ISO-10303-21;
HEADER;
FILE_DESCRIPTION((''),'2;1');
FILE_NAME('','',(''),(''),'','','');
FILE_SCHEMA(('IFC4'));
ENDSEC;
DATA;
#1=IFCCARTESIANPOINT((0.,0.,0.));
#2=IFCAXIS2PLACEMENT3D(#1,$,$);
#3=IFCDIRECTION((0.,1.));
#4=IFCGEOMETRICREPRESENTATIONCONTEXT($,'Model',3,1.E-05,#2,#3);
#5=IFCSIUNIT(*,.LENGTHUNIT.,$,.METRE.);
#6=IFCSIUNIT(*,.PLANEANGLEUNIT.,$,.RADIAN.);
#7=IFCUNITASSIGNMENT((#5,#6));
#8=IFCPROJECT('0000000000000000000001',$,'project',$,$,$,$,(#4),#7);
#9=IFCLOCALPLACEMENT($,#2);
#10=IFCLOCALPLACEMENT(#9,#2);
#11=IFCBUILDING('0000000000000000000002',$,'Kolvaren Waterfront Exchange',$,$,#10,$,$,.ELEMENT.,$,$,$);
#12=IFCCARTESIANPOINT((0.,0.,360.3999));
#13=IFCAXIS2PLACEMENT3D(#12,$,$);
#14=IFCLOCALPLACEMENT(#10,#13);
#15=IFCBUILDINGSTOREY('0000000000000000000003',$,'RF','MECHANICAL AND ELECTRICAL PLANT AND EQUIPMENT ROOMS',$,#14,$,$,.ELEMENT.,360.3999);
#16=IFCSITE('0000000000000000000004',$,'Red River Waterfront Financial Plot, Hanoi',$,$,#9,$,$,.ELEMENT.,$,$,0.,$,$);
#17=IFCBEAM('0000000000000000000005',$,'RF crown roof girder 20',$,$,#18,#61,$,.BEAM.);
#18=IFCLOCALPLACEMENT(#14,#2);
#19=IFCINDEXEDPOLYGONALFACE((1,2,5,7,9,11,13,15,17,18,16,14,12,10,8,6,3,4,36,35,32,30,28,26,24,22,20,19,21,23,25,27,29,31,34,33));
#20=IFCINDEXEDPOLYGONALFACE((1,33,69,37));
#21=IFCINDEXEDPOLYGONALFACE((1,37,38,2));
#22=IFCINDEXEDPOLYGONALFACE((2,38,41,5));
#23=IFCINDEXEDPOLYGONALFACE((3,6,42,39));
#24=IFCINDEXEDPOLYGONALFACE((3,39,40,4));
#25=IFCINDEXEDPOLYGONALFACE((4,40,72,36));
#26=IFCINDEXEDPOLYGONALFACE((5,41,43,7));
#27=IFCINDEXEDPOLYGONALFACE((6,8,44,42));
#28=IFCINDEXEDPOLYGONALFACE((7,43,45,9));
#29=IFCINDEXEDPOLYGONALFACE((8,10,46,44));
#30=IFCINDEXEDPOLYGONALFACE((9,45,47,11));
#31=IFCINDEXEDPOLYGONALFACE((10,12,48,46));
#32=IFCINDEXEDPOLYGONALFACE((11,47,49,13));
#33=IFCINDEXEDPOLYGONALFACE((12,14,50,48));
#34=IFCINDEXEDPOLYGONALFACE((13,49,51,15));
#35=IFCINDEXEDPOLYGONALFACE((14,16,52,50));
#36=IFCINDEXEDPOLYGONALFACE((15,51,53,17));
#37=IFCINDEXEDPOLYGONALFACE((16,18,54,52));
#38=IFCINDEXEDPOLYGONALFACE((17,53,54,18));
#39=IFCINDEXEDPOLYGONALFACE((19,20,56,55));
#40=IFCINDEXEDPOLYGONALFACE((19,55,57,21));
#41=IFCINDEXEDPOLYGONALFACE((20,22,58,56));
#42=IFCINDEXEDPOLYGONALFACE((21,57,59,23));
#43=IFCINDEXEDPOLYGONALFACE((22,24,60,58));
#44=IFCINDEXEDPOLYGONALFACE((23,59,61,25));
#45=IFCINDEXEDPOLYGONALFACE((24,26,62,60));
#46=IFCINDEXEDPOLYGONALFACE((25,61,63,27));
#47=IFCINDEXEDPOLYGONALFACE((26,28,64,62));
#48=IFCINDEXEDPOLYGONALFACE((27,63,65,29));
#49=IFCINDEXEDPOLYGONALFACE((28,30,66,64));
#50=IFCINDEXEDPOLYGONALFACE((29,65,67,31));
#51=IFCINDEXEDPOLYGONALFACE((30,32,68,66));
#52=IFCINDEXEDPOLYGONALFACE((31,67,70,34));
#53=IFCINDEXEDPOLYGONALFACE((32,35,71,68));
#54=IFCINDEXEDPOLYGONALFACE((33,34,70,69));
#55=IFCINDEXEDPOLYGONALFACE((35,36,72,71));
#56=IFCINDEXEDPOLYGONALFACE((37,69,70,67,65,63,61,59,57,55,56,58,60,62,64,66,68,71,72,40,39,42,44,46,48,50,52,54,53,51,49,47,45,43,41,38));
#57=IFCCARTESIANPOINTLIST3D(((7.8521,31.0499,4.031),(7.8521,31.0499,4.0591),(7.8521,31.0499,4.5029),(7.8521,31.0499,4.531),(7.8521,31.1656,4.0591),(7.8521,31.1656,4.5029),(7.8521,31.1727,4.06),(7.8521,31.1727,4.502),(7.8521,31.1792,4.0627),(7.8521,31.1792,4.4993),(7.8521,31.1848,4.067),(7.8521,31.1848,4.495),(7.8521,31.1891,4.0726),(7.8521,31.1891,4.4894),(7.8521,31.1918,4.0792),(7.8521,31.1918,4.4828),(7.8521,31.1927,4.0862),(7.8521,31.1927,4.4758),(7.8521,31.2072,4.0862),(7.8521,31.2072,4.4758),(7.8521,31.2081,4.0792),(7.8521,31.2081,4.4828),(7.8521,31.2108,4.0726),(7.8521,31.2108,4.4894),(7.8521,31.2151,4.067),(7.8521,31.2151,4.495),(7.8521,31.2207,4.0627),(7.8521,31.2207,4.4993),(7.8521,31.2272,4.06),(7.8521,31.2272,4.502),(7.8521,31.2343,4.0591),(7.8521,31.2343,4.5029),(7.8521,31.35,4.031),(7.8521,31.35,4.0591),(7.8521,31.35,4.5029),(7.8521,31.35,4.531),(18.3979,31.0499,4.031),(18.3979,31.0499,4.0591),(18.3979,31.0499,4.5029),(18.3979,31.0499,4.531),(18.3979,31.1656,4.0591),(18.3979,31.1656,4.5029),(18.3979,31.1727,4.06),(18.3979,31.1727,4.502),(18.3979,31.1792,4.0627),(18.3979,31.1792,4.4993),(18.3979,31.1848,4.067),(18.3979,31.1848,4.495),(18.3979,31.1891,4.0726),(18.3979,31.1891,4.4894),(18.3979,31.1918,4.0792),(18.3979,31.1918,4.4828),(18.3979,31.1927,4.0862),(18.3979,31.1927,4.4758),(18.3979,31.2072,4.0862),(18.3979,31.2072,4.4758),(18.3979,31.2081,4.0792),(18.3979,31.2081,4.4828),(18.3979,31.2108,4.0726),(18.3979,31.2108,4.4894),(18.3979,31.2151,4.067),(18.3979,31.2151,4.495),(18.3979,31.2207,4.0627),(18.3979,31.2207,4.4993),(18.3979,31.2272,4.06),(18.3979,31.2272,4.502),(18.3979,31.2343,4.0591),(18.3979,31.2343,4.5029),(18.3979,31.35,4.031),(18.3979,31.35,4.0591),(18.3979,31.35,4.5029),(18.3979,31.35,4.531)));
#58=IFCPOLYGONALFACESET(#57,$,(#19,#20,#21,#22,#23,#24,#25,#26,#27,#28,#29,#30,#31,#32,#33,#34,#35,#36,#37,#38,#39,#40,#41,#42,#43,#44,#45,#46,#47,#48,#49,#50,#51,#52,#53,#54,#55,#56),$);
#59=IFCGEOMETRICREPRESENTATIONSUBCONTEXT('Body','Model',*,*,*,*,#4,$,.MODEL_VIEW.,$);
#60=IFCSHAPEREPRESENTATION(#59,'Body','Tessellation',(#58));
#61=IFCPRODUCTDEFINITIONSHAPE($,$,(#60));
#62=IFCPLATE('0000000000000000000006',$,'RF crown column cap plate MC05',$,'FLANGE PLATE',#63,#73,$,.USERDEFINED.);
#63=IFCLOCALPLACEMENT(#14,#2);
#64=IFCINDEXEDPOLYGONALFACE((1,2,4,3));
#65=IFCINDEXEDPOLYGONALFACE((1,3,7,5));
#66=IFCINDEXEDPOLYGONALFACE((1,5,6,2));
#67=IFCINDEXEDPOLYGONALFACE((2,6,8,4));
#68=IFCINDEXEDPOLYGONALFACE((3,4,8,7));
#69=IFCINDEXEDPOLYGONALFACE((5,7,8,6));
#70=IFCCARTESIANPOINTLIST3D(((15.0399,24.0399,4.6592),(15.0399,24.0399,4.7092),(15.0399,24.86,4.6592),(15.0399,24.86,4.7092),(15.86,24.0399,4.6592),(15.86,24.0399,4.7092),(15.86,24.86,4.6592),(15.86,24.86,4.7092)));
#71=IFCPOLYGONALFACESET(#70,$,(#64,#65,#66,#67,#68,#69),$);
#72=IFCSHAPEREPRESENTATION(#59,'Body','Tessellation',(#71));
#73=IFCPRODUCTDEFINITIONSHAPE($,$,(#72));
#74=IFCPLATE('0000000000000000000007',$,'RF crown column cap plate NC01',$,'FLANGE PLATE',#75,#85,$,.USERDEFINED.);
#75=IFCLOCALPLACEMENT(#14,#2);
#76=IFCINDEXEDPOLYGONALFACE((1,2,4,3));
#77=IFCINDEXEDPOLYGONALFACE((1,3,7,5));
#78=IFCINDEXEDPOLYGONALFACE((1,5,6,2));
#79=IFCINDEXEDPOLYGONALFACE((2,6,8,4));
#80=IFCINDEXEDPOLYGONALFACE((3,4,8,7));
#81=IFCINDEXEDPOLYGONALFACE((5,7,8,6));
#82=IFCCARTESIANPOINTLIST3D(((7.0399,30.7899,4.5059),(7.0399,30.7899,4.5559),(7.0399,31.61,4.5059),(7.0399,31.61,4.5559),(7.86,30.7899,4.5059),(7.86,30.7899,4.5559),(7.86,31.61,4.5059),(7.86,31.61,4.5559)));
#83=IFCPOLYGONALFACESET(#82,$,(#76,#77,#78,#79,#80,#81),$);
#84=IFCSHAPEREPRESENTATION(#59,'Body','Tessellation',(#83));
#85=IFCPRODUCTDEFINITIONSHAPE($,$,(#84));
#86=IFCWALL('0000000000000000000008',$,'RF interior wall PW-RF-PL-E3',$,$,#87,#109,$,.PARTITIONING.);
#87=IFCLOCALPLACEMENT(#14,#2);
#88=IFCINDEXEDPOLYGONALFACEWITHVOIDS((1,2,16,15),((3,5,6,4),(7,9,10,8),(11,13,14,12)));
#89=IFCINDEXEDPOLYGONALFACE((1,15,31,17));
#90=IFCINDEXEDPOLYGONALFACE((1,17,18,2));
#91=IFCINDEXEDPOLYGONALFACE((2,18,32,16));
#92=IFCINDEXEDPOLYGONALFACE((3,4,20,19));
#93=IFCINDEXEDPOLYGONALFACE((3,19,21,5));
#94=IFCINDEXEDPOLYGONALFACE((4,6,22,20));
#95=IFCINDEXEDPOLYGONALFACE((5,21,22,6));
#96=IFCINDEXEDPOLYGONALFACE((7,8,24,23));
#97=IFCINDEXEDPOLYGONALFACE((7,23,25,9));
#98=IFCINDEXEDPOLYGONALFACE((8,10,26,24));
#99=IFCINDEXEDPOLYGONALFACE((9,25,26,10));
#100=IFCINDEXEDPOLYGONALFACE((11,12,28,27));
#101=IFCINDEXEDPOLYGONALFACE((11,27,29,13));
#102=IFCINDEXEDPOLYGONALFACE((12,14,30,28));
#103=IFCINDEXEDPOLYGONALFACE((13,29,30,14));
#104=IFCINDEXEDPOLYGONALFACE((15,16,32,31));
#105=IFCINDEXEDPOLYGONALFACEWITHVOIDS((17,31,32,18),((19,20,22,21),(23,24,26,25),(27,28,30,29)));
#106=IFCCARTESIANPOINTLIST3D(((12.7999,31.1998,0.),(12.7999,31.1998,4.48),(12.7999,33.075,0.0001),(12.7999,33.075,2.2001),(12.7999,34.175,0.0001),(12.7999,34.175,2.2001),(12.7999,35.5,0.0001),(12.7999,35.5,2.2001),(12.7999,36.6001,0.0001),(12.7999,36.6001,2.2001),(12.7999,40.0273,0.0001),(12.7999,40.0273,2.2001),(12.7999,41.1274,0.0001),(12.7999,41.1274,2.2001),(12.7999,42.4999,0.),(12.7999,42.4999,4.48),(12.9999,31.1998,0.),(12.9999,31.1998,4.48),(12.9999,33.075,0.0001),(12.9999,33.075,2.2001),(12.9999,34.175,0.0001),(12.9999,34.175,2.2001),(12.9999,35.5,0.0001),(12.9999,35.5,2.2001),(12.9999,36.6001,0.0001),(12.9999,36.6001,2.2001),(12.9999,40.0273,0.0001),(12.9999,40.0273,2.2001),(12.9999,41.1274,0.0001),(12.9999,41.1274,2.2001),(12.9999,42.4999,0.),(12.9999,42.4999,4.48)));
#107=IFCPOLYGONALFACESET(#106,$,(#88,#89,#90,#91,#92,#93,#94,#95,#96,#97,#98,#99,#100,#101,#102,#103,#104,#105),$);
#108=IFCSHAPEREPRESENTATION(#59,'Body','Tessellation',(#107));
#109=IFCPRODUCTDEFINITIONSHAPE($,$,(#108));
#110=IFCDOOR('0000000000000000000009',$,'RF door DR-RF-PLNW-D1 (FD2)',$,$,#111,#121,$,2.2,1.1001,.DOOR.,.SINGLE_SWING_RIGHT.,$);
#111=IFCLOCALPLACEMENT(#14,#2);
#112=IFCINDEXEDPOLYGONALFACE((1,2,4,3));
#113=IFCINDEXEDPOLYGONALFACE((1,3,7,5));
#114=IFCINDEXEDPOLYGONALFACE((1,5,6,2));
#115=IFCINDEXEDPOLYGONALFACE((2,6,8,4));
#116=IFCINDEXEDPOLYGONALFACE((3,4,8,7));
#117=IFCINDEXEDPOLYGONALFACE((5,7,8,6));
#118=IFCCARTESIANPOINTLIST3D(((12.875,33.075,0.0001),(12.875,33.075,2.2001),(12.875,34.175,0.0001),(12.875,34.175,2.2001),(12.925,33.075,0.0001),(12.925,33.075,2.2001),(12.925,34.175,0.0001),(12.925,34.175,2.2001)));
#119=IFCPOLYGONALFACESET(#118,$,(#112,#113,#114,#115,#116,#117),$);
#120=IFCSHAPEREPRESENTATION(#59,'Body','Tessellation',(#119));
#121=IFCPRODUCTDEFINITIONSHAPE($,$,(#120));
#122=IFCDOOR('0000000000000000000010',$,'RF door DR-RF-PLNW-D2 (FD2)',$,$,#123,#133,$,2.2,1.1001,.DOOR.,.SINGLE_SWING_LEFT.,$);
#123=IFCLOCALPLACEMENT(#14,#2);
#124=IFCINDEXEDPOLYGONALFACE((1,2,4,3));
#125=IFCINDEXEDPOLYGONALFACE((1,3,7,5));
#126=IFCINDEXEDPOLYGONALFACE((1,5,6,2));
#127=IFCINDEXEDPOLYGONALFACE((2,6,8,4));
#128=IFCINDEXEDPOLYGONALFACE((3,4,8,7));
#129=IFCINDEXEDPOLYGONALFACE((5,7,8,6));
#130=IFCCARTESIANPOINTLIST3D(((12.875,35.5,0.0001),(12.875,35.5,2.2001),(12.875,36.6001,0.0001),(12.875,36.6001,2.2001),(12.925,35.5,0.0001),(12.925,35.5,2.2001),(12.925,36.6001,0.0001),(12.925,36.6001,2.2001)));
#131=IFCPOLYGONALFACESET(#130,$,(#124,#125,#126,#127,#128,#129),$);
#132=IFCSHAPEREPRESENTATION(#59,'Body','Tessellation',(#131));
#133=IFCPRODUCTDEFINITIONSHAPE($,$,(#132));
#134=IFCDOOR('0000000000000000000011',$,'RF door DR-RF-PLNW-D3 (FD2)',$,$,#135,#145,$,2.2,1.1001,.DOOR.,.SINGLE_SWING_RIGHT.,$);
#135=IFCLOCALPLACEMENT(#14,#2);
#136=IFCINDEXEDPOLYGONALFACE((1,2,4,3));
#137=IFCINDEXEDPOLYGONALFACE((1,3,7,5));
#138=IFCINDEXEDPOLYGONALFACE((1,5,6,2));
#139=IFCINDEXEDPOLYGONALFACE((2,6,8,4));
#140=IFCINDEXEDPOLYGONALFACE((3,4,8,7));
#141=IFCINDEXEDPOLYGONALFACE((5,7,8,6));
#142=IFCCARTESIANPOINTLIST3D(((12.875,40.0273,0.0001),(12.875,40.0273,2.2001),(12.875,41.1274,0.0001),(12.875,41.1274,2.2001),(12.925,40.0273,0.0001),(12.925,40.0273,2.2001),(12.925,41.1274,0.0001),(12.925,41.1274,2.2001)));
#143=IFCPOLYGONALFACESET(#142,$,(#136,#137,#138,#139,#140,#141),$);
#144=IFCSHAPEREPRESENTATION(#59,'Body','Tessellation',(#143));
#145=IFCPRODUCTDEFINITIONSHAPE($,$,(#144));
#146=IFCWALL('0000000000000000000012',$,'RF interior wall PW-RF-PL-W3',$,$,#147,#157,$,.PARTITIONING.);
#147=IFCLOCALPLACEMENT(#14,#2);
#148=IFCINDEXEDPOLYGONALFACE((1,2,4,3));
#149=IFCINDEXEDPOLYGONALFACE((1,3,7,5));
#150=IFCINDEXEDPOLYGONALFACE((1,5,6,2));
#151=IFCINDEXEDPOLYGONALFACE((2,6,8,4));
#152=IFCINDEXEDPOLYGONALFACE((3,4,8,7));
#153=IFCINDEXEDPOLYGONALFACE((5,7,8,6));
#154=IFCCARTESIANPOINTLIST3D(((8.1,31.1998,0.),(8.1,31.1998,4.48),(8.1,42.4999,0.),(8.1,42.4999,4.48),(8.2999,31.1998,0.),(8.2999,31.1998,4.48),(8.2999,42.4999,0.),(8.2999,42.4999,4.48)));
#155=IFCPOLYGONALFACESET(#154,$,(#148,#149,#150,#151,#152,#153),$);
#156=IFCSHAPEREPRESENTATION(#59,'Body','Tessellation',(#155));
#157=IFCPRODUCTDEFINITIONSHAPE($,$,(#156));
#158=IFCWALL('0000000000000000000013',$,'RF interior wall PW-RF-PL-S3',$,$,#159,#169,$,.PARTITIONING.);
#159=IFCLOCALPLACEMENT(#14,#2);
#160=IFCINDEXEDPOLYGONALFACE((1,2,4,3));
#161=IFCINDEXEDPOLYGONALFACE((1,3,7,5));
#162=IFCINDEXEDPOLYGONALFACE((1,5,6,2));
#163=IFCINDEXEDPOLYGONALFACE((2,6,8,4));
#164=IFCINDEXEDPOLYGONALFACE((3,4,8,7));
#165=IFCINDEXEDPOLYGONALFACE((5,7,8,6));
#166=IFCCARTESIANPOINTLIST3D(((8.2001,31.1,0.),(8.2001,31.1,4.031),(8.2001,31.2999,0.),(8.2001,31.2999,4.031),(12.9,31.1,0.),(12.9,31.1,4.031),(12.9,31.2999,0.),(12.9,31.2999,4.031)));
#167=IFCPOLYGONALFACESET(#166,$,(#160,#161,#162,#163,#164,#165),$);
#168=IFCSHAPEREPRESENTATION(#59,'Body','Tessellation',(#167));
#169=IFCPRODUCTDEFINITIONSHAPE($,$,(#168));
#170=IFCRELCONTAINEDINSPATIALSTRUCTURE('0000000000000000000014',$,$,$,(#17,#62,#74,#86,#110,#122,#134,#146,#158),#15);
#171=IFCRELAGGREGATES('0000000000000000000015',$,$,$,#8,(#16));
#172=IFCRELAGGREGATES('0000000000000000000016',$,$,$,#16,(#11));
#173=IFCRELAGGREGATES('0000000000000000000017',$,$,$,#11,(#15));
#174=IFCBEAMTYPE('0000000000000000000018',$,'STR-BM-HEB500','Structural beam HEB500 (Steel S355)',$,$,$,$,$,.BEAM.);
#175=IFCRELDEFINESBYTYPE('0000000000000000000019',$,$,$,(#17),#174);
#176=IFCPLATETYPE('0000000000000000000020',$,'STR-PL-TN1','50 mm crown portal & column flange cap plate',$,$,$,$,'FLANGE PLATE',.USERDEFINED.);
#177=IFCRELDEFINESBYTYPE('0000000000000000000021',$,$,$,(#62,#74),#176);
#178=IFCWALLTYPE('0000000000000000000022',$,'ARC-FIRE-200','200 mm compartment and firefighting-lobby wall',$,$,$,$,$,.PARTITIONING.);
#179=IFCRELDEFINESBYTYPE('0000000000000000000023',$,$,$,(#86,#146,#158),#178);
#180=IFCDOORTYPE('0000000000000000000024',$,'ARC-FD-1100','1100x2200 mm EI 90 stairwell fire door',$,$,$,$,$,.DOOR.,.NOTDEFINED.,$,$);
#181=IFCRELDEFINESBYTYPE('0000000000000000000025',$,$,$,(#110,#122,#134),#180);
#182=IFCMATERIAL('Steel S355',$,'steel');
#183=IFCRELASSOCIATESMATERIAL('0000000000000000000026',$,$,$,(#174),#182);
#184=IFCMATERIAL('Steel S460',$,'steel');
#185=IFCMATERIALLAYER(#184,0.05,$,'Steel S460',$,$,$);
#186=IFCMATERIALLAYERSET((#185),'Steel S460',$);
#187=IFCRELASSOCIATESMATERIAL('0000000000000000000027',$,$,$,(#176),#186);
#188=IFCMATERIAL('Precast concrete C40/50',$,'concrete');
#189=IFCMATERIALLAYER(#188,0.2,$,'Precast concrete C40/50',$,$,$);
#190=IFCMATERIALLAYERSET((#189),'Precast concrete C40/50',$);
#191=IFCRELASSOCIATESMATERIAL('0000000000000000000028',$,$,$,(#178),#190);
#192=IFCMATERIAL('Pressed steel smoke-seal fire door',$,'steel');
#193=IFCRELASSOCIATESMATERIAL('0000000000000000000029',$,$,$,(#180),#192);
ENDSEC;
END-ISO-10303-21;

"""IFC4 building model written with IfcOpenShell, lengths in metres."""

from ifc_helpers import new_model, si_unit, direction, frame, frame_2d, origin, origin_with_axes, origin_2d, place, context, subcontext, project, spatial, rectangle, i_section, extrude, source, transform, mapped, material, layer, layer_set, material_profile, profile_set, type_object, element, fill, save


model = new_model("IFC4")

# Units and contexts
model_context = context("Model", 3, precision=1e-05, world=origin(), true_north=direction((0.0, 1.0)))
body_context = subcontext(model_context, "Body", "Model", "MODEL_VIEW")
ifc_project = project(units=[si_unit("LENGTHUNIT", "METRE"), si_unit("PLANEANGLEUNIT", "RADIAN")], contexts=[model_context])

# Site, building, storey
site_placement = place(None, origin())
site = spatial("IfcSite", under=ifc_project, at=site_placement, Name="Red River Waterfront Financial Plot, Hanoi", CompositionType="ELEMENT", RefElevation=0.0)
building_placement = place(site_placement, origin())
building = spatial("IfcBuilding", under=site, at=building_placement, Name="Kolvaren Waterfront Exchange", CompositionType="ELEMENT")
storey_placement = place(building_placement, frame((0.0, 0.0, 360.3999)))
storey = spatial("IfcBuildingStorey", under=building, at=storey_placement, Name="RF", Description="MECHANICAL AND ELECTRICAL PLANT AND EQUIPMENT ROOMS", CompositionType="ELEMENT", Elevation=360.3999)

# Beam
ifc_material_1 = material(Name="Steel S355", Category="steel")
ifc_material_profile_1 = material_profile(ifc_material_1, i_section(OverallWidth=0.3, OverallDepth=0.5, WebThickness=0.0144, FlangeThickness=0.0281, FilletRadius=0.0271, at=origin_2d()), Name="HEB500")
ifc_profile_set_1 = profile_set([ifc_material_profile_1], Name="Steel S355")
beam_type = type_object("IfcBeamType", Name="STR-BM-HEB500", Description="Structural beam HEB500 (Steel S355)", PredefinedType="BEAM", material=ifc_profile_set_1)
beam_1_placement = place(storey_placement, frame((7.8521, 31.2, 4.281), z_axis=(1.0, 0.0, 0.0), x_axis=(0.0, 1.0, 0.0)))
element("IfcBeam", 1, at=beam_1_placement, inside=storey, type_object=beam_type, Name="RF crown roof girder 20", PredefinedType="BEAM", context=body_context, shape_type="SweptSolid", body=[
    extrude(i_section(OverallWidth=0.3, OverallDepth=0.5, WebThickness=0.0144, FlangeThickness=0.0281, FilletRadius=0.0271, at=origin_2d()), origin(), (0.0, 0.0, 1.0), 10.5459),
])

# Plates
ifc_material_2 = material(Name="Steel S460", Category="steel")
ifc_layer_1 = layer(ifc_material_2, 0.05, Name="Steel S460")
ifc_layer_set_1 = layer_set([ifc_layer_1], Name="Steel S460")
plate_type = type_object("IfcPlateType", Name="STR-PL-TN1", Description="50 mm crown portal & column flange cap plate", ElementType="FLANGE PLATE", PredefinedType="USERDEFINED", material=ifc_layer_set_1)
shared_shape = source(origin_with_axes(), body_context, "Body", "SweptSolid", [
    extrude(rectangle(XDim=0.8201, YDim=0.8201, at=origin_2d()), origin(), (0.0, 0.0, 1.0), 0.05),
])
for number, where, z_axis, x_axis, name in (
    (2, (15.45, 24.45, 4.6592), (0.0, 0.0, 1.0), (1.0, 0.0, 0.0), "RF crown column cap plate MC05"),
    (3, (7.45, 31.2, 4.5059), (0.0, 0.0, 1.0), (1.0, 0.0, 0.0), "RF crown column cap plate NC01"),
):
    element("IfcPlate", number, at=place(storey_placement, frame(where, z_axis=z_axis, x_axis=x_axis)), inside=storey, type_object=plate_type, Name=name, ObjectType="FLANGE PLATE", PredefinedType="USERDEFINED", context=body_context, shape_type="MappedRepresentation", body=[
        mapped(shared_shape, transform((0.0, 0.0, 0.0), x_axis=(1.0, 0.0, 0.0), y_axis=(0.0, 1.0, 0.0), z_axis=(0.0, 0.0, 1.0), scale=1.0)),
    ])

# Wall, openings, doors
ifc_material_3 = material(Name="Precast concrete C40/50", Category="concrete")
ifc_layer_2 = layer(ifc_material_3, 0.2, Name="Precast concrete C40/50")
ifc_layer_set_2 = layer_set([ifc_layer_2], Name="Precast concrete C40/50")
wall_type = type_object("IfcWallType", Name="ARC-FIRE-200", Description="200 mm compartment and firefighting-lobby wall", PredefinedType="PARTITIONING", material=ifc_layer_set_2)
wall_1_placement = place(storey_placement, frame((12.8999, 31.2, 0.0), z_axis=(0.0, 0.0, 1.0), x_axis=(0.0, 1.0, 0.0)))
wall_1 = element("IfcWall", 4, at=wall_1_placement, inside=storey, type_object=wall_type, Name="RF interior wall PW-RF-PL-E3", PredefinedType="PARTITIONING", context=body_context, shape_type="SweptSolid", body=[
    extrude(rectangle(XDim=11.3, YDim=0.2, at=frame_2d((5.6499, 0.0))), origin(), (0.0, 0.0, 1.0), 4.48),
])
opening_1_placement = place(wall_1_placement, frame((1.875, 0.0, 0.0)))
opening_1 = element("IfcOpeningElement", 5, at=opening_1_placement, cuts=wall_1, PredefinedType="OPENING", context=body_context, shape_type="SweptSolid", body=[
    extrude(rectangle(XDim=1.1001, YDim=2.2, at=frame_2d((0.55, 1.1001))), frame((0.0, 0.1099, 0.0), z_axis=(0.0, -1.0, 0.0), x_axis=(1.0, 0.0, 0.0)), (0.0, 0.0, 1.0), 0.22),
])
opening_2_placement = place(wall_1_placement, frame((4.3, 0.0, 0.0)))
opening_2 = element("IfcOpeningElement", 6, at=opening_2_placement, cuts=wall_1, PredefinedType="OPENING", context=body_context, shape_type="SweptSolid", body=[
    extrude(rectangle(XDim=1.1001, YDim=2.2, at=frame_2d((0.55, 1.1001))), frame((0.0, 0.1099, 0.0), z_axis=(0.0, -1.0, 0.0), x_axis=(1.0, 0.0, 0.0)), (0.0, 0.0, 1.0), 0.22),
])
opening_3_placement = place(wall_1_placement, frame((8.8274, 0.0, 0.0)))
opening_3 = element("IfcOpeningElement", 7, at=opening_3_placement, cuts=wall_1, PredefinedType="OPENING", context=body_context, shape_type="SweptSolid", body=[
    extrude(rectangle(XDim=1.1001, YDim=2.2, at=frame_2d((0.55, 1.1001))), frame((0.0, 0.1099, 0.0), z_axis=(0.0, -1.0, 0.0), x_axis=(1.0, 0.0, 0.0)), (0.0, 0.0, 1.0), 0.22),
])
ifc_material_4 = material(Name="Pressed steel smoke-seal fire door", Category="steel")
door_type_1 = type_object("IfcDoorType", Name="ARC-FD-1100", Description="1100x2200 mm EI 90 stairwell fire door", OperationType="NOTDEFINED", PredefinedType="DOOR", material=ifc_material_4)
door_1_placement = place(opening_1_placement, origin())
door_1 = element("IfcDoor", 8, at=door_1_placement, inside=storey, type_object=door_type_1, Name="RF door DR-RF-PLNW-D1 (FD2)", OperationType="SINGLE_SWING_RIGHT", OverallHeight=2.2, OverallWidth=1.1001, PredefinedType="DOOR", context=body_context, shape_type="SweptSolid", body=[
    extrude(rectangle(XDim=1.1001, YDim=2.2, at=frame_2d((0.55, 1.1001))), frame((0.0, 0.0249, 0.0), z_axis=(0.0, -1.0, 0.0), x_axis=(1.0, 0.0, 0.0)), (0.0, 0.0, 1.0), 0.05),
])
fill(opening_1, door_1)
door_2_placement = place(opening_2_placement, origin())
door_2 = element("IfcDoor", 9, at=door_2_placement, inside=storey, type_object=door_type_1, Name="RF door DR-RF-PLNW-D2 (FD2)", OperationType="SINGLE_SWING_LEFT", OverallHeight=2.2, OverallWidth=1.1001, PredefinedType="DOOR", context=body_context, shape_type="SweptSolid", body=[
    extrude(rectangle(XDim=1.1001, YDim=2.2, at=frame_2d((0.55, 1.1001))), frame((0.0, 0.0249, 0.0), z_axis=(0.0, -1.0, 0.0), x_axis=(1.0, 0.0, 0.0)), (0.0, 0.0, 1.0), 0.05),
])
fill(opening_2, door_2)
door_3_placement = place(opening_3_placement, origin())
door_3 = element("IfcDoor", 10, at=door_3_placement, inside=storey, type_object=door_type_1, Name="RF door DR-RF-PLNW-D3 (FD2)", OperationType="SINGLE_SWING_RIGHT", OverallHeight=2.2, OverallWidth=1.1001, PredefinedType="DOOR", context=body_context, shape_type="SweptSolid", body=[
    extrude(rectangle(XDim=1.1001, YDim=2.2, at=frame_2d((0.55, 1.1001))), frame((0.0, 0.0249, 0.0), z_axis=(0.0, -1.0, 0.0), x_axis=(1.0, 0.0, 0.0)), (0.0, 0.0, 1.0), 0.05),
])
fill(opening_3, door_3)

# Walls
wall_2_placement = place(storey_placement, frame((8.2, 31.2, 0.0), z_axis=(0.0, 0.0, 1.0), x_axis=(0.0, 1.0, 0.0)))
element("IfcWall", 11, at=wall_2_placement, inside=storey, type_object=wall_type, Name="RF interior wall PW-RF-PL-W3", PredefinedType="PARTITIONING", context=body_context, shape_type="SweptSolid", body=[
    extrude(rectangle(XDim=11.3, YDim=0.2, at=frame_2d((5.6499, 0.0))), origin(), (0.0, 0.0, 1.0), 4.48),
])
wall_3_placement = place(storey_placement, frame((8.2, 31.2, 0.0), z_axis=(0.0, 0.0, 1.0), x_axis=(1.0, 0.0, 0.0)))
element("IfcWall", 12, at=wall_3_placement, inside=storey, type_object=wall_type, Name="RF interior wall PW-RF-PL-S3", PredefinedType="PARTITIONING", context=body_context, shape_type="SweptSolid", body=[
    extrude(rectangle(XDim=4.7, YDim=0.2, at=frame_2d((2.3501, 0.0))), origin(), (0.0, 0.0, 1.0), 4.031),
])

save(model, "model.ifc")
